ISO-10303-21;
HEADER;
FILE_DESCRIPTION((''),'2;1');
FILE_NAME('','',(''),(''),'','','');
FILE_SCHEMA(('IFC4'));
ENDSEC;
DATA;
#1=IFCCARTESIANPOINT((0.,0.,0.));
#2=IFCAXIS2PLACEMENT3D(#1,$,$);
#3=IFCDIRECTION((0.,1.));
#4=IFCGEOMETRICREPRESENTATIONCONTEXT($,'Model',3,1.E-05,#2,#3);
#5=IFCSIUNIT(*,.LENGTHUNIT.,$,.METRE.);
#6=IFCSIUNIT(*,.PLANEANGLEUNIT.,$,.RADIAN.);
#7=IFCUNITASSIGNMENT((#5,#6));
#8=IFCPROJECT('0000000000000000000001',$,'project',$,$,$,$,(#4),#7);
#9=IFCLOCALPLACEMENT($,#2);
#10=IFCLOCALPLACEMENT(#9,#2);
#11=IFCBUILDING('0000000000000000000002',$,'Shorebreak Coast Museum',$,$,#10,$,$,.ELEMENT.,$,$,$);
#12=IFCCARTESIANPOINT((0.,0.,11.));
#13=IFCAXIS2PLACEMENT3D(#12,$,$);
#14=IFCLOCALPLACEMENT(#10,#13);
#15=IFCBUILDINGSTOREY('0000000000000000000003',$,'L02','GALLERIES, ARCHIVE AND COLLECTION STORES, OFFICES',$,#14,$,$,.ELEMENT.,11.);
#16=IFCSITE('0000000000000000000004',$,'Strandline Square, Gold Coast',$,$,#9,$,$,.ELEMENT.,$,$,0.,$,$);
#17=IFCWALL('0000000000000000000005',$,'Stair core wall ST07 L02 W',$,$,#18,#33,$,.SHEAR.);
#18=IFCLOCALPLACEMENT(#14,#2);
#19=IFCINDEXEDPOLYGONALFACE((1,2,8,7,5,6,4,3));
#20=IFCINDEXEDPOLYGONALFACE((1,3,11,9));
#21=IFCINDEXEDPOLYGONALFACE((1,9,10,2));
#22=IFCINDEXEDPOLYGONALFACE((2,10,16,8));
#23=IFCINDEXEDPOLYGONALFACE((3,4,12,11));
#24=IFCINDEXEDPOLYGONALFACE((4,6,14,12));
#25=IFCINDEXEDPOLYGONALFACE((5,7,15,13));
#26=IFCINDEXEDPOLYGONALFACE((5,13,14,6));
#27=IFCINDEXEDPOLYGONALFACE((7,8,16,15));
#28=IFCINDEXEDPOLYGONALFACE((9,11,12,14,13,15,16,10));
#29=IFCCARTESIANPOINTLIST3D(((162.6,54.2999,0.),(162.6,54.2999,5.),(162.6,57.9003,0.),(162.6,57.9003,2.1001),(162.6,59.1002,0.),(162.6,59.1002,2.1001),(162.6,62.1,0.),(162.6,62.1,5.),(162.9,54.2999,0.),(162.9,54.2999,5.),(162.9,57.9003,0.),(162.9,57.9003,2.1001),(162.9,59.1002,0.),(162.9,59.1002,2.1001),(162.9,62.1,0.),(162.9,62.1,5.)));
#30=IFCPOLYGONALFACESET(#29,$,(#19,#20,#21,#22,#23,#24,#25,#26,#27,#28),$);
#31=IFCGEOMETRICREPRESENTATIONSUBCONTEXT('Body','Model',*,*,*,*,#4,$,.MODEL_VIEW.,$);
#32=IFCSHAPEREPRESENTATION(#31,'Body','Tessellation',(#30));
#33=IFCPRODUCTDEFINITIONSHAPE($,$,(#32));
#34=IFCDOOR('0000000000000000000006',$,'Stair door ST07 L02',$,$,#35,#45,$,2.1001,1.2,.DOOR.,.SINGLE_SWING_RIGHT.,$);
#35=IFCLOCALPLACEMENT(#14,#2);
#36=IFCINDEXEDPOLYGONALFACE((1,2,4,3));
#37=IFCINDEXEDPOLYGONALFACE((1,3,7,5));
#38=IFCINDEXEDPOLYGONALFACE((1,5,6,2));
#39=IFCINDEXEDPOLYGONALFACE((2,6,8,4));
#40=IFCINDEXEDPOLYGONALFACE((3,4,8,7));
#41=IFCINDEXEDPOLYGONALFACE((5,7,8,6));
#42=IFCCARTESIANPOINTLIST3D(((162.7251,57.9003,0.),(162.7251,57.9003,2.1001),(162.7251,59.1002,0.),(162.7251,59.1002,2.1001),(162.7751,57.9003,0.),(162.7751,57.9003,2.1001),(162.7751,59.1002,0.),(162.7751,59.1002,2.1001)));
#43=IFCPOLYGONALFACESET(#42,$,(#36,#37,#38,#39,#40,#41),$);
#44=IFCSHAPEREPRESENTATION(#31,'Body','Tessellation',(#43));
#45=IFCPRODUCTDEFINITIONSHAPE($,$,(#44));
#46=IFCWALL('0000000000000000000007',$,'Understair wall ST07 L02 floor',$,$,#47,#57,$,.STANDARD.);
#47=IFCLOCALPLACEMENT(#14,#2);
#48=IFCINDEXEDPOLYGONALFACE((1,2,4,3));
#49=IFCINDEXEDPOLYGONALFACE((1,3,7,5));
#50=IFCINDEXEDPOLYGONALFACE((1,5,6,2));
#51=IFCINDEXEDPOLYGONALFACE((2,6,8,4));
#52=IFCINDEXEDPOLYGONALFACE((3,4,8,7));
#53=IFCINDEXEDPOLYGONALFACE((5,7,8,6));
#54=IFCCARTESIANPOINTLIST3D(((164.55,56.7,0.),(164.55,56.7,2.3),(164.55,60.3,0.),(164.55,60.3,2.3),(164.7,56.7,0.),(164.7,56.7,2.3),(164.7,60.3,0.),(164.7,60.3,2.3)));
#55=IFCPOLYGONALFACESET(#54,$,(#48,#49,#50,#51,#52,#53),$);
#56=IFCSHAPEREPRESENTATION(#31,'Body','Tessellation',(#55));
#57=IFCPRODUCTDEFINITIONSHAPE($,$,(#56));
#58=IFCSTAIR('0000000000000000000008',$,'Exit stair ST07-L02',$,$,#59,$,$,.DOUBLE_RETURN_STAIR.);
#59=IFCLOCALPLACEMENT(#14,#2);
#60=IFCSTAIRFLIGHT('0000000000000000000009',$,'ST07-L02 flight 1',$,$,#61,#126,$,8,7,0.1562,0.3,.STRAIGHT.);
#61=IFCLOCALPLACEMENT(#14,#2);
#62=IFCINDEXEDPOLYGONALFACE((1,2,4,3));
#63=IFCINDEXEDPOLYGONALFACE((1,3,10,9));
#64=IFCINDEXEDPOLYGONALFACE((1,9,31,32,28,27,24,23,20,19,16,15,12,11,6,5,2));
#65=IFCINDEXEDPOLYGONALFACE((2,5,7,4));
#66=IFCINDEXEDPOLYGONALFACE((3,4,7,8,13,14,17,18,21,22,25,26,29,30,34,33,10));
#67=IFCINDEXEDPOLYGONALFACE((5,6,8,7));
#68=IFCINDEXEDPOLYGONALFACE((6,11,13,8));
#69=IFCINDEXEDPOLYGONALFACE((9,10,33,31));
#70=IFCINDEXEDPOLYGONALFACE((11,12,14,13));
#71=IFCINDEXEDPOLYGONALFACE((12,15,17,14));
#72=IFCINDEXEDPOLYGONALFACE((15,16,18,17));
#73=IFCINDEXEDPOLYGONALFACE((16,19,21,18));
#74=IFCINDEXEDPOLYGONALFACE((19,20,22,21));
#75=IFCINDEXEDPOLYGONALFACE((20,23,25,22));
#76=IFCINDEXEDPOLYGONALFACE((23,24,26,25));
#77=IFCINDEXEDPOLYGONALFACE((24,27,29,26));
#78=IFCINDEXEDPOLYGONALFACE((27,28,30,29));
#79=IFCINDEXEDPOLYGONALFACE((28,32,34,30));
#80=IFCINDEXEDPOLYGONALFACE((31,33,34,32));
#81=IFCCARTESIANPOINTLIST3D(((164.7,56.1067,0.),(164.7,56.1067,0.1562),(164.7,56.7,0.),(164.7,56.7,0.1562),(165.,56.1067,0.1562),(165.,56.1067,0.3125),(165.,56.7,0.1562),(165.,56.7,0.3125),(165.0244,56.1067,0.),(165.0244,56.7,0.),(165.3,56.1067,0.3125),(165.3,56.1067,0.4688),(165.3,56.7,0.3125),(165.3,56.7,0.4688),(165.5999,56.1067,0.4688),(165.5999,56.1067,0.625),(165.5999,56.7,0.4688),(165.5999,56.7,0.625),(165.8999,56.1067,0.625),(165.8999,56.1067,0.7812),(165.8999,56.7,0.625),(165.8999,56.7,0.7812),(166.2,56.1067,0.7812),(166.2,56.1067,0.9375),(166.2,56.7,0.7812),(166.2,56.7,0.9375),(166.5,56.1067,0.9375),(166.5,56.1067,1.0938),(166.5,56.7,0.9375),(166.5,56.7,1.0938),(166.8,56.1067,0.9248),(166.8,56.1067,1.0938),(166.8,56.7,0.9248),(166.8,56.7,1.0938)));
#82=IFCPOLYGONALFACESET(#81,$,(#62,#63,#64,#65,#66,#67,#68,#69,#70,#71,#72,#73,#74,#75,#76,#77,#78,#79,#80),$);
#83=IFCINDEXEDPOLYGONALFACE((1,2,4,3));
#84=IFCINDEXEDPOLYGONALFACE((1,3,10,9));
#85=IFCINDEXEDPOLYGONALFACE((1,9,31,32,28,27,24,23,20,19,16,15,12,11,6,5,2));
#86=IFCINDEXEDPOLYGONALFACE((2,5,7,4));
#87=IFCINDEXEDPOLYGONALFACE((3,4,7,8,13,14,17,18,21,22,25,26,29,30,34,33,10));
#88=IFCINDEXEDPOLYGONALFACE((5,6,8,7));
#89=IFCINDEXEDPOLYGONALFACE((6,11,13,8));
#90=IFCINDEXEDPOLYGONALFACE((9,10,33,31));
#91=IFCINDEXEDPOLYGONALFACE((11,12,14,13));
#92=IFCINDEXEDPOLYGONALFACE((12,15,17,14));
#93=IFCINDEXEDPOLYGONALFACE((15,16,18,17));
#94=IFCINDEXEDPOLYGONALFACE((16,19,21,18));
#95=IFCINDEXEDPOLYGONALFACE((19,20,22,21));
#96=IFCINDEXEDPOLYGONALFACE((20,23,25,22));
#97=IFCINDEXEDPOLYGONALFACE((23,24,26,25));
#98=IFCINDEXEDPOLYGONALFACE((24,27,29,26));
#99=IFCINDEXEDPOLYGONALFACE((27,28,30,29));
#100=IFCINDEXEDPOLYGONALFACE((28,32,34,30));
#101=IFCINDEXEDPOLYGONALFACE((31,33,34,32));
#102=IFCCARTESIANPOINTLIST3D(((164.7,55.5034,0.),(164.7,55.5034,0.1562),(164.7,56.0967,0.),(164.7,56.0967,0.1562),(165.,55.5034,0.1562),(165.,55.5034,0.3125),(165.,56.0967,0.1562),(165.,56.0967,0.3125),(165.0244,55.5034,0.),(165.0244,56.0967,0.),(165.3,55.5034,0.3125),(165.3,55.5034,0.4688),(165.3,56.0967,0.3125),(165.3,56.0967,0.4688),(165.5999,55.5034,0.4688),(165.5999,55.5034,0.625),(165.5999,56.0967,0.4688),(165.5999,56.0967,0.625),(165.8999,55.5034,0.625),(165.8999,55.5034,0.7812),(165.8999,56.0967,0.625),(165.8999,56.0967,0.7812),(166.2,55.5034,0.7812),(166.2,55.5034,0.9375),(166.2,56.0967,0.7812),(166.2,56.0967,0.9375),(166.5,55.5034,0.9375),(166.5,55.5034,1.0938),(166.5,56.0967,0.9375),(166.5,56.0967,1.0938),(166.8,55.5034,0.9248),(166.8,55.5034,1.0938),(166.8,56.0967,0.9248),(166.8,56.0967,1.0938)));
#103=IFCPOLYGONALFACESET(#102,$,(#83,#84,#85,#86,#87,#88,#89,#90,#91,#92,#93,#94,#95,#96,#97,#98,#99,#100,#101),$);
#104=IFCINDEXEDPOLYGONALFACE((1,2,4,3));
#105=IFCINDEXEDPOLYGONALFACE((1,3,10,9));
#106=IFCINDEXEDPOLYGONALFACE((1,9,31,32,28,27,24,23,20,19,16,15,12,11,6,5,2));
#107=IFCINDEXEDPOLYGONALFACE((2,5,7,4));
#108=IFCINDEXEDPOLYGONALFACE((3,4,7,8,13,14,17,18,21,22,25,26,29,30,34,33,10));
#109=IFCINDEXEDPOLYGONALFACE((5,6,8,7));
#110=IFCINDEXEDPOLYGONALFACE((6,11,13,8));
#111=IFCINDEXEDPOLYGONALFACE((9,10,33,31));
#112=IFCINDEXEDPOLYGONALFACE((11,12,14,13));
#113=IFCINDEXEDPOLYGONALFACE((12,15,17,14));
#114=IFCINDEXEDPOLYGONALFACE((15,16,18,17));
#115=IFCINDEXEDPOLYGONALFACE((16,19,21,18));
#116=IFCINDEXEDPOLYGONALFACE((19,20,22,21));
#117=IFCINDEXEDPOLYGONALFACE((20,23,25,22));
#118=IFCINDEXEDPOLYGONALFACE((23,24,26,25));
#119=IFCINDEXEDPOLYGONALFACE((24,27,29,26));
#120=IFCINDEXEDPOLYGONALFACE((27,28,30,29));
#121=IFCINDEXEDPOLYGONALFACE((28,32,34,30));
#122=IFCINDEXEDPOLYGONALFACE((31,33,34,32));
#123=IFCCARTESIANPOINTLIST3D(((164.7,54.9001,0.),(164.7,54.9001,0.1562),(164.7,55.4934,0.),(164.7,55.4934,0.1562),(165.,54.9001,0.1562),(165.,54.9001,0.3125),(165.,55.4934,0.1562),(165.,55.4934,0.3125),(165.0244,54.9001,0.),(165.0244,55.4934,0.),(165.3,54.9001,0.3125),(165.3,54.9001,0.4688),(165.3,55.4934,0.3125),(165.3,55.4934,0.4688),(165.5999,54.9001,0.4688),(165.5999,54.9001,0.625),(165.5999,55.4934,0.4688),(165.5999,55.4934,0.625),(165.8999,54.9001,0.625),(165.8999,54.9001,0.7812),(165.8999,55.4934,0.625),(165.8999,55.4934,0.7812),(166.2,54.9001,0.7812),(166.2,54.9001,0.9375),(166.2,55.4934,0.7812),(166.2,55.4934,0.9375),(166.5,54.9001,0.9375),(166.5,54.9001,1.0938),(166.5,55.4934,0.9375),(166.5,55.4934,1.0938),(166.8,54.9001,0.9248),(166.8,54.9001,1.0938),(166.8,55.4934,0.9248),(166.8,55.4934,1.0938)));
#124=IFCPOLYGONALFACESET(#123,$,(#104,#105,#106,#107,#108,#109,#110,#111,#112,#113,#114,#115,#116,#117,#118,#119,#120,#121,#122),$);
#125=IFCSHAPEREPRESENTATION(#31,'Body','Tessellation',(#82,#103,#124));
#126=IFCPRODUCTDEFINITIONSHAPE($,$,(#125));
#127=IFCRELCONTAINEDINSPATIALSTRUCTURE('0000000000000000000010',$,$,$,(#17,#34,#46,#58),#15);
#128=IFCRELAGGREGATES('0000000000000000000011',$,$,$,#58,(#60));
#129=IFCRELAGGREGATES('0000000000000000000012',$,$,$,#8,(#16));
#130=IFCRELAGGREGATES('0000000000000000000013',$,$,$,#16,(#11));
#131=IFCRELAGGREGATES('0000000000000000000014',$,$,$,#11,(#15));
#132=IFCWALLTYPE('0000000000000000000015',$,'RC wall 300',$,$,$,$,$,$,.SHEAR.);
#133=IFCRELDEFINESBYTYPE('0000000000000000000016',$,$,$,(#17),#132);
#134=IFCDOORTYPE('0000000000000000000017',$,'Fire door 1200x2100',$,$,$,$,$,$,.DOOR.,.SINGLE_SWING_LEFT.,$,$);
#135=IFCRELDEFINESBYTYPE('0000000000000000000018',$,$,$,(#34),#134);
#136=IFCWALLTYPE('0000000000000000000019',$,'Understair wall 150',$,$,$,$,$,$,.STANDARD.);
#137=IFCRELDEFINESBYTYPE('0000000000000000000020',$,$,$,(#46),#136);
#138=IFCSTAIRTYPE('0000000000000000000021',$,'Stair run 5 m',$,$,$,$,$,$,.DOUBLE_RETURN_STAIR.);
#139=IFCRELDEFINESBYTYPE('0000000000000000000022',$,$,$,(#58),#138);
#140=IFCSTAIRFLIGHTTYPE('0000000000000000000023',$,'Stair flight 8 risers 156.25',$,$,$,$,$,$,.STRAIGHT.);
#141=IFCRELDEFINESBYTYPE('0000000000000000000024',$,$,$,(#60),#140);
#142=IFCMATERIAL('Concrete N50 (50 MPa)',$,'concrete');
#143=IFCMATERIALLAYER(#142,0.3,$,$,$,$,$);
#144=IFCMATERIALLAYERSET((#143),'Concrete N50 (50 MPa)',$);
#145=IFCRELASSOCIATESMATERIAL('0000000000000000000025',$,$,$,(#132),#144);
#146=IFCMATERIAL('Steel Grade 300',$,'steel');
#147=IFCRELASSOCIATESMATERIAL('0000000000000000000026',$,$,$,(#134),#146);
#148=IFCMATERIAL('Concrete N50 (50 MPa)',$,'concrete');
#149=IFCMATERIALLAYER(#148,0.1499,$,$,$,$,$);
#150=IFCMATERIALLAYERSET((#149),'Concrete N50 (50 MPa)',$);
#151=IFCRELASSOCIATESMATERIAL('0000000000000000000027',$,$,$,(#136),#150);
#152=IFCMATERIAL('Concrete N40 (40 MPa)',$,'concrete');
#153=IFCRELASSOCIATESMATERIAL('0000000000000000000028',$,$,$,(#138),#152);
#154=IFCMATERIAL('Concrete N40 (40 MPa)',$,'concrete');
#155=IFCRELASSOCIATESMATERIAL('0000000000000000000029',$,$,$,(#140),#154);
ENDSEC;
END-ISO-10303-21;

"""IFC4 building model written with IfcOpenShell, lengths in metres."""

from ifc_helpers import new_model, si_unit, direction, frame, frame_2d, origin, place, context, subcontext, project, spatial, polyline, rectangle, outline, extrude, material, layer, layer_set, type_object, element, fill, aggregate, save


model = new_model("IFC4")

# Units and contexts
model_context = context("Model", 3, precision=1e-05, world=origin(), true_north=direction((0.0, 1.0)))
body_context = subcontext(model_context, "Body", "Model", "MODEL_VIEW")
ifc_project = project(units=[si_unit("LENGTHUNIT", "METRE"), si_unit("PLANEANGLEUNIT", "RADIAN")], contexts=[model_context])

# Site, building, storey
site_placement = place(None, origin())
site = spatial("IfcSite", under=ifc_project, at=site_placement, Name="Strandline Square, Gold Coast", CompositionType="ELEMENT", RefElevation=0.0)
building_placement = place(site_placement, origin())
building = spatial("IfcBuilding", under=site, at=building_placement, Name="Shorebreak Coast Museum", CompositionType="ELEMENT")
storey_placement = place(building_placement, frame((0.0, 0.0, 11.0)))
storey = spatial("IfcBuildingStorey", under=building, at=storey_placement, Name="L02", Description="GALLERIES, ARCHIVE AND COLLECTION STORES, OFFICES", CompositionType="ELEMENT", Elevation=11.0)

# Shared definitions
ifc_material_1 = material(Name="Concrete N50 (50 MPa)", Category="concrete")
ifc_layer_1 = layer(ifc_material_1, 0.3)
ifc_layer_set_1 = layer_set([ifc_layer_1], Name="Concrete N50 (50 MPa)")
wall_type_1 = type_object("IfcWallType", Name="RC wall 300", PredefinedType="SHEAR", material=ifc_layer_set_1)

# Wall, opening, door
wall_1_placement = place(storey_placement, frame((162.75, 54.3, 0.0), z_axis=(0.0, 0.0, 1.0), x_axis=(0.0, 1.0, 0.0)))
wall_1 = element("IfcWall", 1, at=wall_1_placement, inside=storey, type_object=wall_type_1, Name="Stair core wall ST07 L02 W", PredefinedType="SHEAR", context=body_context, shape_type="SweptSolid", body=[
    extrude(rectangle(XDim=7.8, YDim=0.3, at=frame_2d((3.8999, 0.0))), origin(), (0.0, 0.0, 1.0), 5.0),
])
opening_1_placement = place(wall_1_placement, frame((3.6001, 0.0, 0.0)))
opening_1 = element("IfcOpeningElement", 2, at=opening_1_placement, cuts=wall_1, PredefinedType="OPENING", context=body_context, shape_type="SweptSolid", body=[
    extrude(rectangle(XDim=1.2, YDim=2.1001, at=frame_2d((0.6001, 1.05))), frame((0.0, 0.1599, 0.0), z_axis=(0.0, -1.0, 0.0), x_axis=(1.0, 0.0, 0.0)), (0.0, 0.0, 1.0), 0.3201),
])
ifc_material_2 = material(Name="Steel Grade 300", Category="steel")
door_type_1 = type_object("IfcDoorType", Name="Fire door 1200x2100", OperationType="SINGLE_SWING_LEFT", PredefinedType="DOOR", material=ifc_material_2)
door_1_placement = place(opening_1_placement, origin())
door_1 = element("IfcDoor", 3, at=door_1_placement, inside=storey, type_object=door_type_1, Name="Stair door ST07 L02", OperationType="SINGLE_SWING_RIGHT", OverallHeight=2.1001, OverallWidth=1.2, PredefinedType="DOOR", context=body_context, shape_type="SweptSolid", body=[
    extrude(rectangle(XDim=1.2, YDim=2.1001, at=frame_2d((0.6001, 1.05))), frame((0.0, 0.0249, 0.0), z_axis=(0.0, -1.0, 0.0), x_axis=(1.0, 0.0, 0.0)), (0.0, 0.0, 1.0), 0.05),
])
fill(opening_1, door_1)

# Wall
ifc_material_3 = material(Name="Concrete N50 (50 MPa)", Category="concrete")
ifc_layer_2 = layer(ifc_material_3, 0.1499)
ifc_layer_set_2 = layer_set([ifc_layer_2], Name="Concrete N50 (50 MPa)")
wall_type_2 = type_object("IfcWallType", Name="Understair wall 150", PredefinedType="STANDARD", material=ifc_layer_set_2)
wall_2_placement = place(storey_placement, frame((164.625, 56.7, 0.0), z_axis=(0.0, 0.0, 1.0), x_axis=(0.0, 1.0, 0.0)))
element("IfcWall", 4, at=wall_2_placement, inside=storey, type_object=wall_type_2, Name="Understair wall ST07 L02 floor", PredefinedType="STANDARD", context=body_context, shape_type="SweptSolid", body=[
    extrude(rectangle(XDim=3.6001, YDim=0.1499, at=frame_2d((1.8, 0.0))), origin(), (0.0, 0.0, 1.0), 2.3),
])

# Stair, stair flight
ifc_material_4 = material(Name="Concrete N40 (40 MPa)", Category="concrete")
stair_type = type_object("IfcStairType", Name="Stair run 5 m", PredefinedType="DOUBLE_RETURN_STAIR", material=ifc_material_4)
stair_placement = place(storey_placement, origin())
stair = element("IfcStair", 5, at=stair_placement, inside=storey, type_object=stair_type, Name="Exit stair ST07-L02", PredefinedType="DOUBLE_RETURN_STAIR")
ifc_material_5 = material(Name="Concrete N40 (40 MPa)", Category="concrete")
stair_flight_type = type_object("IfcStairFlightType", Name="Stair flight 8 risers 156.25", PredefinedType="STRAIGHT", material=ifc_material_5)
stair_flight_placement = place(storey_placement, frame((164.7, 55.8, 0.0), z_axis=(0.0, 0.0, 1.0), x_axis=(1.0, 0.0, 0.0)))
stair_flight = element("IfcStairFlight", 6, at=stair_flight_placement, type_object=stair_flight_type, Name="ST07-L02 flight 1", NumberOfRisers=8, NumberOfTreads=7, PredefinedType="STRAIGHT", RiserHeight=0.1562, TreadLength=0.3, context=body_context, shape_type="SweptSolid", body=[
    extrude(outline(polyline([(0.0, 0.0), (0.0, 0.1562), (0.3, 0.1562), (0.3, 0.3125), (0.6001, 0.3125), (0.6001, 0.4688), (0.8999, 0.4688), (0.8999, 0.625), (1.2, 0.625), (1.2, 0.7812), (1.5, 0.7812), (1.5, 0.9375), (1.8, 0.9375), (1.8, 1.0938), (2.1001, 1.0938), (2.1001, 1.25), (2.1001, 0.9248), (0.3245, 0.0), (0.0, 0.0)])), frame((0.0, 0.8999, 0.0), z_axis=(0.0, -1.0, 0.0), x_axis=(1.0, 0.0, 0.0)), (0.0, 0.0, 1.0), 0.5933),
    extrude(outline(polyline([(0.0, 0.0), (0.0, 0.1562), (0.3, 0.1562), (0.3, 0.3125), (0.6001, 0.3125), (0.6001, 0.4688), (0.8999, 0.4688), (0.8999, 0.625), (1.2, 0.625), (1.2, 0.7812), (1.5, 0.7812), (1.5, 0.9375), (1.8, 0.9375), (1.8, 1.0938), (2.1001, 1.0938), (2.1001, 1.25), (2.1001, 0.9248), (0.3245, 0.0), (0.0, 0.0)])), frame((0.0, 0.2966, 0.0), z_axis=(0.0, -1.0, 0.0), x_axis=(1.0, 0.0, 0.0)), (0.0, 0.0, 1.0), 0.5933),
    extrude(outline(polyline([(0.0, 0.0), (0.0, 0.1562), (0.3, 0.1562), (0.3, 0.3125), (0.6001, 0.3125), (0.6001, 0.4688), (0.8999, 0.4688), (0.8999, 0.625), (1.2, 0.625), (1.2, 0.7812), (1.5, 0.7812), (1.5, 0.9375), (1.8, 0.9375), (1.8, 1.0938), (2.1001, 1.0938), (2.1001, 1.25), (2.1001, 0.9248), (0.3245, 0.0), (0.0, 0.0)])), frame((0.0, -0.3066, 0.0), z_axis=(0.0, -1.0, 0.0), x_axis=(1.0, 0.0, 0.0)), (0.0, 0.0, 1.0), 0.5933),
])
aggregate(stair, [stair_flight])

save(model, "model.ifc")
